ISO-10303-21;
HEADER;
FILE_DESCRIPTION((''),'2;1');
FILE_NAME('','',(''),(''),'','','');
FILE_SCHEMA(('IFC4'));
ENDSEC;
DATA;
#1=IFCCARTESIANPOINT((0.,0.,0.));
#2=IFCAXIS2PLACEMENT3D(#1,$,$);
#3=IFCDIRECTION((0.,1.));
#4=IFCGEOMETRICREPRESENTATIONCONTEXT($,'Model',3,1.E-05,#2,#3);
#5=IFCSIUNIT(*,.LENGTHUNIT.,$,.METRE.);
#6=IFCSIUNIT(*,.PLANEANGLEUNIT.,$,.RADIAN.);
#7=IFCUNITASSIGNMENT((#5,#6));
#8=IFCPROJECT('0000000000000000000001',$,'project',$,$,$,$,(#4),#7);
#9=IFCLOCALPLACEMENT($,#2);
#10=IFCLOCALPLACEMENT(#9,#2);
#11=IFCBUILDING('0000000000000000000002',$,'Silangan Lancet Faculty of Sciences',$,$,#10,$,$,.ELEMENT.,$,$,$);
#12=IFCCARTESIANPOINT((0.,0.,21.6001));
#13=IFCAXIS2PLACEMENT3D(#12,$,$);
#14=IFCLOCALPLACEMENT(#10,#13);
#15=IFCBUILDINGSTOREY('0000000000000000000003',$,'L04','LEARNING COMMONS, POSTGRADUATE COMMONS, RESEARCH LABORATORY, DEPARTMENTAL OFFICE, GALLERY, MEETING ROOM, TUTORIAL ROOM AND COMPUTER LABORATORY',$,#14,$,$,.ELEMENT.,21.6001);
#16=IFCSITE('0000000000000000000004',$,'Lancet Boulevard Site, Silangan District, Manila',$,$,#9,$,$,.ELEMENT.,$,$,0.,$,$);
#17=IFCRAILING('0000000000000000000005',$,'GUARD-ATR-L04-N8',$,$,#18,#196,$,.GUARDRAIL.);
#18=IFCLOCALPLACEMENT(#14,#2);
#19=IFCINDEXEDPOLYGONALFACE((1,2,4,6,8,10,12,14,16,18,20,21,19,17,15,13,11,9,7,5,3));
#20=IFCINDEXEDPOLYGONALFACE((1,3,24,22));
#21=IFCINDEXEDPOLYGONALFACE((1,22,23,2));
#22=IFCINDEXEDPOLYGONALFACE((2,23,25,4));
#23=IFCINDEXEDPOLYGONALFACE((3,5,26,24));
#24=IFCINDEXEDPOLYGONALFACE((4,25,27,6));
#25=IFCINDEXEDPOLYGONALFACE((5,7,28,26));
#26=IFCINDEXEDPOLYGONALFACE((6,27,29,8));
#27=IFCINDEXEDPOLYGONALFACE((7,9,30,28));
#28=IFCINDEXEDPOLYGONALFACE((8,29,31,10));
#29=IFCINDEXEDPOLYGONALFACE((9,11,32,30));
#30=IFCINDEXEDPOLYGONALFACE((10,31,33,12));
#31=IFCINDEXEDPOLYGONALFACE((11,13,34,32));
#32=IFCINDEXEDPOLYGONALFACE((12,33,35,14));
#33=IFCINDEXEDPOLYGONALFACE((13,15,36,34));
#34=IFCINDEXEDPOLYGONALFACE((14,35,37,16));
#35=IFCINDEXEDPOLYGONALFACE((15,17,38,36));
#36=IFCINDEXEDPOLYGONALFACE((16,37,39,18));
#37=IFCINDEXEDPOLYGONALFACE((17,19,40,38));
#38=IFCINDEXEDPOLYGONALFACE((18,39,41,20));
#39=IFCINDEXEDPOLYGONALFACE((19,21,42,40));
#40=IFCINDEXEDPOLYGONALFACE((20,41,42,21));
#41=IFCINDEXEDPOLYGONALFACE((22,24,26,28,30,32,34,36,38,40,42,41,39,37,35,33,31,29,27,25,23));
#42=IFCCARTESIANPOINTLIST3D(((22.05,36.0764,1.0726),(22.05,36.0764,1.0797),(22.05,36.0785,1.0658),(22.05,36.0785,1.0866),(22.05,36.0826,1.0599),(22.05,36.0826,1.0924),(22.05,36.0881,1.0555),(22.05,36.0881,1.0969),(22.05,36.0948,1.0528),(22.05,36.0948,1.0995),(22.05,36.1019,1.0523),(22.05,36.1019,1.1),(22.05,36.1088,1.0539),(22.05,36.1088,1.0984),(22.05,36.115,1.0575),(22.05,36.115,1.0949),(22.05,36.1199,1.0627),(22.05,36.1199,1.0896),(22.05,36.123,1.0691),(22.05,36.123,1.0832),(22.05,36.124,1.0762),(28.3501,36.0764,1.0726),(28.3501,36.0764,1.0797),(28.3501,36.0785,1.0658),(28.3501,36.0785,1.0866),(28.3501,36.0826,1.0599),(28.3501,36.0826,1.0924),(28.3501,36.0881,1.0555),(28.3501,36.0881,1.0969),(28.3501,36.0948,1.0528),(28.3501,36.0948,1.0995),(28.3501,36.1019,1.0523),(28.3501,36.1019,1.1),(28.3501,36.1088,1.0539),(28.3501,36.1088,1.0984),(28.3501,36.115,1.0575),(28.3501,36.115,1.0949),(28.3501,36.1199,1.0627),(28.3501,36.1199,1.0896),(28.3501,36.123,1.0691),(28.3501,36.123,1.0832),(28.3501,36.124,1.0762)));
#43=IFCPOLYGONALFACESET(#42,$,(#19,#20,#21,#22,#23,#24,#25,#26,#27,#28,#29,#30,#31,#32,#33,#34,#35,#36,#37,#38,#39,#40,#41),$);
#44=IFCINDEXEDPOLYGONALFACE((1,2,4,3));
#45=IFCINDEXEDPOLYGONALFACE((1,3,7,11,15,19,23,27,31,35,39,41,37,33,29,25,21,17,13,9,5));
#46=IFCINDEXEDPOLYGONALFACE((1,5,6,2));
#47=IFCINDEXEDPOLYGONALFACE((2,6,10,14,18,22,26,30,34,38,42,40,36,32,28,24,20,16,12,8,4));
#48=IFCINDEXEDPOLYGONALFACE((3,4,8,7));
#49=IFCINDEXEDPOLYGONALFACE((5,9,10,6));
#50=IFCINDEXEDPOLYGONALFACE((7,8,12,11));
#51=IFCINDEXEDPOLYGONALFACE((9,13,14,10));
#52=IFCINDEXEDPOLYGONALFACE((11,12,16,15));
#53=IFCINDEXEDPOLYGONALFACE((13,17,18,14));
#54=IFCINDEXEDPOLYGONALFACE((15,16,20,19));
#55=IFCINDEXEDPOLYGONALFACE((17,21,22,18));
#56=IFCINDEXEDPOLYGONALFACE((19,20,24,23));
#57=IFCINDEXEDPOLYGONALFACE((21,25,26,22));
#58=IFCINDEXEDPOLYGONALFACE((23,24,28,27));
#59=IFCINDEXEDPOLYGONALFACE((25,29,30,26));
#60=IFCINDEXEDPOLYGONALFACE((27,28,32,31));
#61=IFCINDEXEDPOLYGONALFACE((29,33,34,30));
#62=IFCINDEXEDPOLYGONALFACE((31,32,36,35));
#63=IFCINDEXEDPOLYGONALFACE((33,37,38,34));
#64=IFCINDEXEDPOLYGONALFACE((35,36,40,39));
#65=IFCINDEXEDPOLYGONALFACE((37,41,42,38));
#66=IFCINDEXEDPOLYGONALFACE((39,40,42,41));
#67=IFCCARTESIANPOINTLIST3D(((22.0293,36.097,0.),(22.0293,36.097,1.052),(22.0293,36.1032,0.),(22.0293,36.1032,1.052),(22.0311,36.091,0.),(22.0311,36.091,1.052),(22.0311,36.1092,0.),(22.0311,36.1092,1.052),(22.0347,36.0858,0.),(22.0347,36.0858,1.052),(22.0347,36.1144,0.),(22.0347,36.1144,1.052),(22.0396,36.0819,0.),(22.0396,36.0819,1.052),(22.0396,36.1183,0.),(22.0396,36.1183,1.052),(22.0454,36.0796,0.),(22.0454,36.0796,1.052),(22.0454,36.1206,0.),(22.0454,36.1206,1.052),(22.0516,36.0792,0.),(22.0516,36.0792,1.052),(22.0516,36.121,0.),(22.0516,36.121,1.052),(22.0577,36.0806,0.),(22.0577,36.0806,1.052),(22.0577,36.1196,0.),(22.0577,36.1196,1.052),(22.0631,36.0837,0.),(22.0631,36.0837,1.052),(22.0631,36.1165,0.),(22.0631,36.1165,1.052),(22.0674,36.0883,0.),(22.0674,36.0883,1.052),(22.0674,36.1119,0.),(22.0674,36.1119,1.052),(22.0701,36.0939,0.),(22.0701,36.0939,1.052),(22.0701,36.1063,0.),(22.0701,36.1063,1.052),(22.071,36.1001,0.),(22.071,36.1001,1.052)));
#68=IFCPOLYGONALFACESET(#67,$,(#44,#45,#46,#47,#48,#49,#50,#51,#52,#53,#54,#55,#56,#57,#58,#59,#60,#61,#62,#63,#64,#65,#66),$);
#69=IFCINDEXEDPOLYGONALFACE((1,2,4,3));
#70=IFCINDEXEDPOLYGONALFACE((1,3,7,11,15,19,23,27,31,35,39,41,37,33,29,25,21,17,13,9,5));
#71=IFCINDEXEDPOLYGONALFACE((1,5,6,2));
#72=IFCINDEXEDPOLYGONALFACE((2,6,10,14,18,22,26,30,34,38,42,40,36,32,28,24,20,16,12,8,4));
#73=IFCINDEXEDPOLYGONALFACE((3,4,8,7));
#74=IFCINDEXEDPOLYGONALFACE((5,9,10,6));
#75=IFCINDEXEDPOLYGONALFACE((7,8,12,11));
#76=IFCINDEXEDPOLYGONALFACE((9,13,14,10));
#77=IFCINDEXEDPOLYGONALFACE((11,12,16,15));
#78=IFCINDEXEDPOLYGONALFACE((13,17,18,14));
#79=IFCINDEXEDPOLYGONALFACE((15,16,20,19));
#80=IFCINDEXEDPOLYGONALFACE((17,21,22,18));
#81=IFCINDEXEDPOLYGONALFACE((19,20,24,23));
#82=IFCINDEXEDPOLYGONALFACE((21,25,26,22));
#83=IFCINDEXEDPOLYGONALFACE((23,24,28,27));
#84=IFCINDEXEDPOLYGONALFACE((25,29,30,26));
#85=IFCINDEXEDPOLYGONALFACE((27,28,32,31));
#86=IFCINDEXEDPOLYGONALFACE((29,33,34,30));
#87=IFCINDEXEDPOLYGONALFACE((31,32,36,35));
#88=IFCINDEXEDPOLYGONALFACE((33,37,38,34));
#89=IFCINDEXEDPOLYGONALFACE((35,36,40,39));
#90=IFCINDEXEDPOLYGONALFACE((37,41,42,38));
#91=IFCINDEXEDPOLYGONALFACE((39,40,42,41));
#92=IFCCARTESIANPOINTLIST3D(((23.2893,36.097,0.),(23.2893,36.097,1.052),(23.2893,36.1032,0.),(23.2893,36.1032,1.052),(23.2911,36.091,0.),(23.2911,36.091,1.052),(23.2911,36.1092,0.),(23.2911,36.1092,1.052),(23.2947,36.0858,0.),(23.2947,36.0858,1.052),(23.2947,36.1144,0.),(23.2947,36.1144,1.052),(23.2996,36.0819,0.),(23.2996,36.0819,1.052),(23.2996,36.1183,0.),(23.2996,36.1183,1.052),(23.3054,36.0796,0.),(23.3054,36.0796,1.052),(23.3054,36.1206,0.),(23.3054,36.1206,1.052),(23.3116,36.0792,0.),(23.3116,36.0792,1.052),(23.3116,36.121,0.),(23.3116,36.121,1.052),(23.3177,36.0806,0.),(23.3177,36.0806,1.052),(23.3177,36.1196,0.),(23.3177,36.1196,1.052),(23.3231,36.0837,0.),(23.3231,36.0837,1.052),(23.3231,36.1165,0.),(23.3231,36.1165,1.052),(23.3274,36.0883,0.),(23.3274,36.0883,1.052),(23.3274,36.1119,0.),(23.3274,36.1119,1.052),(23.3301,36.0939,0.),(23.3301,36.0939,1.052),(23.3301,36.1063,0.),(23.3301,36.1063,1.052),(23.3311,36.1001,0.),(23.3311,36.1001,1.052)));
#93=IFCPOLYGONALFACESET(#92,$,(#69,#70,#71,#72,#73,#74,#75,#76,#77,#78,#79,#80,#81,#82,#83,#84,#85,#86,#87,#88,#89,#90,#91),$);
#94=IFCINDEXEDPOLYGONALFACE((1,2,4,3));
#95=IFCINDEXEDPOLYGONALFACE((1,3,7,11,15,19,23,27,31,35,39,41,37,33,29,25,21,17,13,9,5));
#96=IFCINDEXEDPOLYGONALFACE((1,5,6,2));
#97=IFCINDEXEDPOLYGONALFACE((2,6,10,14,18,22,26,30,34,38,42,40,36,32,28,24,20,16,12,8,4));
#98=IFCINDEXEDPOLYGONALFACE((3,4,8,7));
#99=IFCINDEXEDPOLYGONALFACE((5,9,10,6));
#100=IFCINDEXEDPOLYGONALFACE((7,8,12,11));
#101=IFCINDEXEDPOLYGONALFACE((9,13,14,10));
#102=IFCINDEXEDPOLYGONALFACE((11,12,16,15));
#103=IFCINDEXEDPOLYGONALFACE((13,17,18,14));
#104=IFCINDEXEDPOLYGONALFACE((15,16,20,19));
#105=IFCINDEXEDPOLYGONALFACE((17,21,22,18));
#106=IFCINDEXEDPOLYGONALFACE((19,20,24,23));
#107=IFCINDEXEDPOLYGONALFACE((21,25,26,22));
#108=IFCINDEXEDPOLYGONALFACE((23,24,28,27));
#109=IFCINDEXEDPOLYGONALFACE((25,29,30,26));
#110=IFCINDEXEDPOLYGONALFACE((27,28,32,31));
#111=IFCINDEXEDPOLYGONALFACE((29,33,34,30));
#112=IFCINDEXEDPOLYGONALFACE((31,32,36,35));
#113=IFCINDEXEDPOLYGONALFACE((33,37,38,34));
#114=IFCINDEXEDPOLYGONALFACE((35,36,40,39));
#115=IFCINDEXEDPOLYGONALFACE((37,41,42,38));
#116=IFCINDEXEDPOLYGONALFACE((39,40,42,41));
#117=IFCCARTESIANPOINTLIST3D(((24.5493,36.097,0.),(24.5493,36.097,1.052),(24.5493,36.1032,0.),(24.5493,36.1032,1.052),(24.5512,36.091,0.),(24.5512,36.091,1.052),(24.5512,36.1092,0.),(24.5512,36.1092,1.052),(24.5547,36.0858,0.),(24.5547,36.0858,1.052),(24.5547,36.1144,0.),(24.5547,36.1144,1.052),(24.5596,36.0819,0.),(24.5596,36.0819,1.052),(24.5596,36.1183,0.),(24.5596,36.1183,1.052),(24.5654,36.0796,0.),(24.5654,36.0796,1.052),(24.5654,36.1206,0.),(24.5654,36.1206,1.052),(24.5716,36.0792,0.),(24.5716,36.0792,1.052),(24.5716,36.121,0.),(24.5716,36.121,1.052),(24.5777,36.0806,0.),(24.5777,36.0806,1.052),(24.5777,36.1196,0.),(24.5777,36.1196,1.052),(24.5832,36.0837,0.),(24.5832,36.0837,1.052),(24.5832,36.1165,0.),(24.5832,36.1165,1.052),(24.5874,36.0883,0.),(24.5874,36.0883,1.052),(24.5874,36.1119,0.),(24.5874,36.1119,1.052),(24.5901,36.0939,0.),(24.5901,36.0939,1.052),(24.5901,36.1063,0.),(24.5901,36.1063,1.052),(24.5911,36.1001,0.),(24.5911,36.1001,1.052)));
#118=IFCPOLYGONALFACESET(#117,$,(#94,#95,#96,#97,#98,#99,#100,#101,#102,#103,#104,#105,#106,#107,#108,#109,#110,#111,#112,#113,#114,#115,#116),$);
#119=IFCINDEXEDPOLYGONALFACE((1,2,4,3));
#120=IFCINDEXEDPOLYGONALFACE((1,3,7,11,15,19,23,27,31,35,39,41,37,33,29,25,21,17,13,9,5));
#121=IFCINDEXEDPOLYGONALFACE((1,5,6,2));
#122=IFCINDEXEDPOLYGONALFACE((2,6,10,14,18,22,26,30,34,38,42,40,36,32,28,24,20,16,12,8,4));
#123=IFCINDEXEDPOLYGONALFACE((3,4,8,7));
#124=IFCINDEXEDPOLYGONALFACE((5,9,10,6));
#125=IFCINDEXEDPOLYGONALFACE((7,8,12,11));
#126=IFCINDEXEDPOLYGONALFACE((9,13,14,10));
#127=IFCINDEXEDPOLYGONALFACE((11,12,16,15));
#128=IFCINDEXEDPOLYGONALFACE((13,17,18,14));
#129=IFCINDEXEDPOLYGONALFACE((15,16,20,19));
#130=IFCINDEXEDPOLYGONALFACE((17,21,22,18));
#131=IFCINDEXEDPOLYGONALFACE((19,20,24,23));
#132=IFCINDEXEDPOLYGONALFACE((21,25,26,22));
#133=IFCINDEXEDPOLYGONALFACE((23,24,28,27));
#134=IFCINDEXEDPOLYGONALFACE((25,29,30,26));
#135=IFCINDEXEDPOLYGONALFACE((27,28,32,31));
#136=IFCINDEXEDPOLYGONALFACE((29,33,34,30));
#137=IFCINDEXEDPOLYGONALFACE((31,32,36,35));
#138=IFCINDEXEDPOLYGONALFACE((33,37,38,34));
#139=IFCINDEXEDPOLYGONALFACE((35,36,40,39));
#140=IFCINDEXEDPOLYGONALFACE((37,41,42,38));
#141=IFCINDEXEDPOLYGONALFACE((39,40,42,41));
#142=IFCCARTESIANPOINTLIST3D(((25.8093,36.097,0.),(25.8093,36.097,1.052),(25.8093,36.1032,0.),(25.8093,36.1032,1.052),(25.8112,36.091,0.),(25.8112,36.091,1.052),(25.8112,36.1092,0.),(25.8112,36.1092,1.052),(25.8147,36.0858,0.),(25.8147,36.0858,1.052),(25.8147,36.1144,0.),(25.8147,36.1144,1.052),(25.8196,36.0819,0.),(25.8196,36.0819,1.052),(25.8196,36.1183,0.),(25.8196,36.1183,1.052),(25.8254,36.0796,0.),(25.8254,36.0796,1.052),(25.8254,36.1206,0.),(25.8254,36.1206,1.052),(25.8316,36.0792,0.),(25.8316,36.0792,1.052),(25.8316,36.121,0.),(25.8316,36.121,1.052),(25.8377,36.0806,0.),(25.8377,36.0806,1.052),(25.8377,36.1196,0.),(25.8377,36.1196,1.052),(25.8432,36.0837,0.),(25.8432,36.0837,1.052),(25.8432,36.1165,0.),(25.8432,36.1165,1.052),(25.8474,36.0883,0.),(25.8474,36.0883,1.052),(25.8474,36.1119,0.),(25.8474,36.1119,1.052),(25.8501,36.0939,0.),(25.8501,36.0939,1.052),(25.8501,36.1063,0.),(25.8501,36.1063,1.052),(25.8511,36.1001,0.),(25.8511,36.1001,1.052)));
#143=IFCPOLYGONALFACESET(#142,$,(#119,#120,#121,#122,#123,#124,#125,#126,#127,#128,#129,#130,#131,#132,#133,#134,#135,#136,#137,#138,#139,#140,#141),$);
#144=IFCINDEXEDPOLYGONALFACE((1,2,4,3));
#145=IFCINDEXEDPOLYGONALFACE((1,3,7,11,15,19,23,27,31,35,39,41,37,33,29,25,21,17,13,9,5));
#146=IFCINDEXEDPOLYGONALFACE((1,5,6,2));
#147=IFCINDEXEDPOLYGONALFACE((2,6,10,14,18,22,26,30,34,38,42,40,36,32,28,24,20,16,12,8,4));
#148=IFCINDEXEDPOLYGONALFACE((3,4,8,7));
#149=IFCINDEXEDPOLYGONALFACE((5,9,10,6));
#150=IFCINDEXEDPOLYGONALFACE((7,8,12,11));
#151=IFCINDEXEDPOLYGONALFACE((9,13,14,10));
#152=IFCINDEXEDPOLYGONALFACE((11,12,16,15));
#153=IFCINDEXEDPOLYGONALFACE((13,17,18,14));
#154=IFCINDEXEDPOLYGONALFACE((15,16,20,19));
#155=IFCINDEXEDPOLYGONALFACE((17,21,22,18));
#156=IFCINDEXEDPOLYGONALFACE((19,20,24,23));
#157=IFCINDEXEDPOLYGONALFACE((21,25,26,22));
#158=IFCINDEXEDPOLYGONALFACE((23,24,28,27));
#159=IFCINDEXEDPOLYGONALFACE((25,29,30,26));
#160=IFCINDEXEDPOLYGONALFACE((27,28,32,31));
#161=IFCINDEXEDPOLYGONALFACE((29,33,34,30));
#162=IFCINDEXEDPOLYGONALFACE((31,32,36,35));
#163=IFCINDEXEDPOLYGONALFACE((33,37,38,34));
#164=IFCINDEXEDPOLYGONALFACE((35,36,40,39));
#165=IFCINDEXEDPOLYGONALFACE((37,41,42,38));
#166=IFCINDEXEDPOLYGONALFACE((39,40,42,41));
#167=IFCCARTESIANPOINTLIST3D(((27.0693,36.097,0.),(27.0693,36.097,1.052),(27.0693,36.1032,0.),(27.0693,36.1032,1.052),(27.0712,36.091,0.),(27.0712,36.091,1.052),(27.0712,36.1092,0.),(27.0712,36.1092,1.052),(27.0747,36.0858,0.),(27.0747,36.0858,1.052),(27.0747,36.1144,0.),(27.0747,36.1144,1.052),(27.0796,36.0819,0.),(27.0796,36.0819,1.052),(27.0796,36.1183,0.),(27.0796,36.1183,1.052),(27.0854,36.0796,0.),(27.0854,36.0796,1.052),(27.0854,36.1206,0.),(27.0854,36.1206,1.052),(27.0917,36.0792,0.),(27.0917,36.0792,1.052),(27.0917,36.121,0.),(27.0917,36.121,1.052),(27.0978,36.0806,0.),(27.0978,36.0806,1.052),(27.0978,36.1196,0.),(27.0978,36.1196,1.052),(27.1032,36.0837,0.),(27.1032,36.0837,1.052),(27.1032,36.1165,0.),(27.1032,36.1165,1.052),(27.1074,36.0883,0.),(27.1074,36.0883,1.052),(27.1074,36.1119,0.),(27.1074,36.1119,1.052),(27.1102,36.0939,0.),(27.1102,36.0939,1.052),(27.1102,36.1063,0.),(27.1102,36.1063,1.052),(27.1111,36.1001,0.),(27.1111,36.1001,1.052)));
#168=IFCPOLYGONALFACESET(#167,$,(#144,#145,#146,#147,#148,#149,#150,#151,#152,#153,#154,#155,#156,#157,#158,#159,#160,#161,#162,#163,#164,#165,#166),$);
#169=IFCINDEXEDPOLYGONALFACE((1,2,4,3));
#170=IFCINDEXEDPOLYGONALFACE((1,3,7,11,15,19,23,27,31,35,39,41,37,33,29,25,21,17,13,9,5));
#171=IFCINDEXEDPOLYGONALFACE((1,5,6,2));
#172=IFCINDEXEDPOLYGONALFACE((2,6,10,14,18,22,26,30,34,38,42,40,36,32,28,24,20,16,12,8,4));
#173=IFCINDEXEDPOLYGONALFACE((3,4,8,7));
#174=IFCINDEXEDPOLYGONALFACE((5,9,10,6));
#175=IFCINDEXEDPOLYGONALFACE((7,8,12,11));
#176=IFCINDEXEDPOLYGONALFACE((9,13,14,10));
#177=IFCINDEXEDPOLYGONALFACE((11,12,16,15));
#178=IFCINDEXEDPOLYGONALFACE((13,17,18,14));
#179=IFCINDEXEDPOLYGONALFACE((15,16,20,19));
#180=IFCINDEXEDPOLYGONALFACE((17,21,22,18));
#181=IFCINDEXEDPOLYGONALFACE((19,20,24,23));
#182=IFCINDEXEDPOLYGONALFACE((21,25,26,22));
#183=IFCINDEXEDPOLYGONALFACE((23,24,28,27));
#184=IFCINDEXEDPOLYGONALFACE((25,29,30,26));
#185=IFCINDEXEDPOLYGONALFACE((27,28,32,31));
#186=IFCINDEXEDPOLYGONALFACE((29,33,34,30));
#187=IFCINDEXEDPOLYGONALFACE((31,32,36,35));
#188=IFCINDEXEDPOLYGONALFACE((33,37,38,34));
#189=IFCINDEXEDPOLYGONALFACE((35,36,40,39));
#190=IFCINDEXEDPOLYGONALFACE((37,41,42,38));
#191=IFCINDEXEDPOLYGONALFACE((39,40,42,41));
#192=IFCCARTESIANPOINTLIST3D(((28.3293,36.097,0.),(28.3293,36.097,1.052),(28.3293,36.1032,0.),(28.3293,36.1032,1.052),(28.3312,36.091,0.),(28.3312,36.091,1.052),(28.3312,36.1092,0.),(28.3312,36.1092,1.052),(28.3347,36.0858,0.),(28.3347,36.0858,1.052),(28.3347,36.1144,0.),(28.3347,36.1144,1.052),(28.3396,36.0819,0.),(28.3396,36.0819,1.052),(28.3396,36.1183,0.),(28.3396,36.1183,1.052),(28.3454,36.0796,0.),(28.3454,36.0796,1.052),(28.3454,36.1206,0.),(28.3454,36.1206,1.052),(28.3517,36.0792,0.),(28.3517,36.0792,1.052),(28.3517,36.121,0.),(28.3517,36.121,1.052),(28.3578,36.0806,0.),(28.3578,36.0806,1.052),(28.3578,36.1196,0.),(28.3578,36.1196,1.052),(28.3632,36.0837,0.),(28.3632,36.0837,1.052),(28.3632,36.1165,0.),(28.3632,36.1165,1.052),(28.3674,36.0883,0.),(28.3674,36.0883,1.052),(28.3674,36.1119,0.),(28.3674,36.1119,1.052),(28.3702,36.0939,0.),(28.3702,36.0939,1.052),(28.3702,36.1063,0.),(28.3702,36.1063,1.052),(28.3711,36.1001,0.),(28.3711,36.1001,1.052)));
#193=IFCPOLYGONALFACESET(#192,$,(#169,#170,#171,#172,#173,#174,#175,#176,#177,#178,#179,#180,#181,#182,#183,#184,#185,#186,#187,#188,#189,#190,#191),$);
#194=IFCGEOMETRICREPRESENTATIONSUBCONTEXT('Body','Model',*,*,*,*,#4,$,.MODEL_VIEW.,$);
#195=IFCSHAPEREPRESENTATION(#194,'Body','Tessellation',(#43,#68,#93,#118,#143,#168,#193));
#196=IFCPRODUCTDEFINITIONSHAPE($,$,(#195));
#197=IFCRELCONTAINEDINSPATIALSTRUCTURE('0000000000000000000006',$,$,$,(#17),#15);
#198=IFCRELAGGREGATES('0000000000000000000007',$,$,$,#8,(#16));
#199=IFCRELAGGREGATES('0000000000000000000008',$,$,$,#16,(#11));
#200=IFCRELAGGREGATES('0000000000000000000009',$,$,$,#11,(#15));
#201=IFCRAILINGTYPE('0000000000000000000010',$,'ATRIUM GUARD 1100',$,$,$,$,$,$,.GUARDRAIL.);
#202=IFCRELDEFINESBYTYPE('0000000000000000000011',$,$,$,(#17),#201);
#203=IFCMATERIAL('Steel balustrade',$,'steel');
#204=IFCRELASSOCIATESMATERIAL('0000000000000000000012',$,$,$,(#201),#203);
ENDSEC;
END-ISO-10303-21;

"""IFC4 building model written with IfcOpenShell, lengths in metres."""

from ifc_helpers import new_model, si_unit, direction, frame, origin, origin_2d, place, context, subcontext, project, spatial, circle, extrude, material, type_object, element, save


model = new_model("IFC4")

# Units and contexts
model_context = context("Model", 3, precision=1e-05, world=origin(), true_north=direction((0.0, 1.0)))
body_context = subcontext(model_context, "Body", "Model", "MODEL_VIEW")
ifc_project = project(units=[si_unit("LENGTHUNIT", "METRE"), si_unit("PLANEANGLEUNIT", "RADIAN")], contexts=[model_context])

# Site, building, storey
site_placement = place(None, origin())
site = spatial("IfcSite", under=ifc_project, at=site_placement, Name="Lancet Boulevard Site, Silangan District, Manila", CompositionType="ELEMENT", RefElevation=0.0)
building_placement = place(site_placement, origin())
building = spatial("IfcBuilding", under=site, at=building_placement, Name="Silangan Lancet Faculty of Sciences", CompositionType="ELEMENT")
storey_placement = place(building_placement, frame((0.0, 0.0, 21.6001)))
storey = spatial("IfcBuildingStorey", under=building, at=storey_placement, Name="L04", Description="LEARNING COMMONS, POSTGRADUATE COMMONS, RESEARCH LABORATORY, DEPARTMENTAL OFFICE, GALLERY, MEETING ROOM, TUTORIAL ROOM AND COMPUTER LABORATORY", CompositionType="ELEMENT", Elevation=21.6001)

# Railing
ifc_material_1 = material(Name="Steel balustrade", Category="steel")
railing_type = type_object("IfcRailingType", Name="ATRIUM GUARD 1100", PredefinedType="GUARDRAIL", material=ifc_material_1)
railing_placement = place(storey_placement, frame((22.05, 36.1001, 0.0)))
element("IfcRailing", 1, at=railing_placement, inside=storey, type_object=railing_type, Name="GUARD-ATR-L04-N8", PredefinedType="GUARDRAIL", context=body_context, shape_type="SweptSolid", body=[
    extrude(circle(Radius=0.0239, at=origin_2d()), frame((0.0, 0.0, 1.0762), z_axis=(1.0, 0.0, 0.0), x_axis=(0.0, 1.0, 0.0)), (0.0, 0.0, 1.0), 6.3),
    extrude(circle(Radius=0.021, at=origin_2d()), origin(), (0.0, 0.0, 1.0), 1.052),
    extrude(circle(Radius=0.021, at=origin_2d()), frame((1.26, 0.0, 0.0)), (0.0, 0.0, 1.0), 1.052),
    extrude(circle(Radius=0.021, at=origin_2d()), frame((2.52, 0.0, 0.0)), (0.0, 0.0, 1.0), 1.052),
    extrude(circle(Radius=0.021, at=origin_2d()), frame((3.78, 0.0, 0.0)), (0.0, 0.0, 1.0), 1.052),
    extrude(circle(Radius=0.021, at=origin_2d()), frame((5.04, 0.0, 0.0)), (0.0, 0.0, 1.0), 1.052),
    extrude(circle(Radius=0.021, at=origin_2d()), frame((6.3, 0.0, 0.0)), (0.0, 0.0, 1.0), 1.052),
])

save(model, "model.ifc")
